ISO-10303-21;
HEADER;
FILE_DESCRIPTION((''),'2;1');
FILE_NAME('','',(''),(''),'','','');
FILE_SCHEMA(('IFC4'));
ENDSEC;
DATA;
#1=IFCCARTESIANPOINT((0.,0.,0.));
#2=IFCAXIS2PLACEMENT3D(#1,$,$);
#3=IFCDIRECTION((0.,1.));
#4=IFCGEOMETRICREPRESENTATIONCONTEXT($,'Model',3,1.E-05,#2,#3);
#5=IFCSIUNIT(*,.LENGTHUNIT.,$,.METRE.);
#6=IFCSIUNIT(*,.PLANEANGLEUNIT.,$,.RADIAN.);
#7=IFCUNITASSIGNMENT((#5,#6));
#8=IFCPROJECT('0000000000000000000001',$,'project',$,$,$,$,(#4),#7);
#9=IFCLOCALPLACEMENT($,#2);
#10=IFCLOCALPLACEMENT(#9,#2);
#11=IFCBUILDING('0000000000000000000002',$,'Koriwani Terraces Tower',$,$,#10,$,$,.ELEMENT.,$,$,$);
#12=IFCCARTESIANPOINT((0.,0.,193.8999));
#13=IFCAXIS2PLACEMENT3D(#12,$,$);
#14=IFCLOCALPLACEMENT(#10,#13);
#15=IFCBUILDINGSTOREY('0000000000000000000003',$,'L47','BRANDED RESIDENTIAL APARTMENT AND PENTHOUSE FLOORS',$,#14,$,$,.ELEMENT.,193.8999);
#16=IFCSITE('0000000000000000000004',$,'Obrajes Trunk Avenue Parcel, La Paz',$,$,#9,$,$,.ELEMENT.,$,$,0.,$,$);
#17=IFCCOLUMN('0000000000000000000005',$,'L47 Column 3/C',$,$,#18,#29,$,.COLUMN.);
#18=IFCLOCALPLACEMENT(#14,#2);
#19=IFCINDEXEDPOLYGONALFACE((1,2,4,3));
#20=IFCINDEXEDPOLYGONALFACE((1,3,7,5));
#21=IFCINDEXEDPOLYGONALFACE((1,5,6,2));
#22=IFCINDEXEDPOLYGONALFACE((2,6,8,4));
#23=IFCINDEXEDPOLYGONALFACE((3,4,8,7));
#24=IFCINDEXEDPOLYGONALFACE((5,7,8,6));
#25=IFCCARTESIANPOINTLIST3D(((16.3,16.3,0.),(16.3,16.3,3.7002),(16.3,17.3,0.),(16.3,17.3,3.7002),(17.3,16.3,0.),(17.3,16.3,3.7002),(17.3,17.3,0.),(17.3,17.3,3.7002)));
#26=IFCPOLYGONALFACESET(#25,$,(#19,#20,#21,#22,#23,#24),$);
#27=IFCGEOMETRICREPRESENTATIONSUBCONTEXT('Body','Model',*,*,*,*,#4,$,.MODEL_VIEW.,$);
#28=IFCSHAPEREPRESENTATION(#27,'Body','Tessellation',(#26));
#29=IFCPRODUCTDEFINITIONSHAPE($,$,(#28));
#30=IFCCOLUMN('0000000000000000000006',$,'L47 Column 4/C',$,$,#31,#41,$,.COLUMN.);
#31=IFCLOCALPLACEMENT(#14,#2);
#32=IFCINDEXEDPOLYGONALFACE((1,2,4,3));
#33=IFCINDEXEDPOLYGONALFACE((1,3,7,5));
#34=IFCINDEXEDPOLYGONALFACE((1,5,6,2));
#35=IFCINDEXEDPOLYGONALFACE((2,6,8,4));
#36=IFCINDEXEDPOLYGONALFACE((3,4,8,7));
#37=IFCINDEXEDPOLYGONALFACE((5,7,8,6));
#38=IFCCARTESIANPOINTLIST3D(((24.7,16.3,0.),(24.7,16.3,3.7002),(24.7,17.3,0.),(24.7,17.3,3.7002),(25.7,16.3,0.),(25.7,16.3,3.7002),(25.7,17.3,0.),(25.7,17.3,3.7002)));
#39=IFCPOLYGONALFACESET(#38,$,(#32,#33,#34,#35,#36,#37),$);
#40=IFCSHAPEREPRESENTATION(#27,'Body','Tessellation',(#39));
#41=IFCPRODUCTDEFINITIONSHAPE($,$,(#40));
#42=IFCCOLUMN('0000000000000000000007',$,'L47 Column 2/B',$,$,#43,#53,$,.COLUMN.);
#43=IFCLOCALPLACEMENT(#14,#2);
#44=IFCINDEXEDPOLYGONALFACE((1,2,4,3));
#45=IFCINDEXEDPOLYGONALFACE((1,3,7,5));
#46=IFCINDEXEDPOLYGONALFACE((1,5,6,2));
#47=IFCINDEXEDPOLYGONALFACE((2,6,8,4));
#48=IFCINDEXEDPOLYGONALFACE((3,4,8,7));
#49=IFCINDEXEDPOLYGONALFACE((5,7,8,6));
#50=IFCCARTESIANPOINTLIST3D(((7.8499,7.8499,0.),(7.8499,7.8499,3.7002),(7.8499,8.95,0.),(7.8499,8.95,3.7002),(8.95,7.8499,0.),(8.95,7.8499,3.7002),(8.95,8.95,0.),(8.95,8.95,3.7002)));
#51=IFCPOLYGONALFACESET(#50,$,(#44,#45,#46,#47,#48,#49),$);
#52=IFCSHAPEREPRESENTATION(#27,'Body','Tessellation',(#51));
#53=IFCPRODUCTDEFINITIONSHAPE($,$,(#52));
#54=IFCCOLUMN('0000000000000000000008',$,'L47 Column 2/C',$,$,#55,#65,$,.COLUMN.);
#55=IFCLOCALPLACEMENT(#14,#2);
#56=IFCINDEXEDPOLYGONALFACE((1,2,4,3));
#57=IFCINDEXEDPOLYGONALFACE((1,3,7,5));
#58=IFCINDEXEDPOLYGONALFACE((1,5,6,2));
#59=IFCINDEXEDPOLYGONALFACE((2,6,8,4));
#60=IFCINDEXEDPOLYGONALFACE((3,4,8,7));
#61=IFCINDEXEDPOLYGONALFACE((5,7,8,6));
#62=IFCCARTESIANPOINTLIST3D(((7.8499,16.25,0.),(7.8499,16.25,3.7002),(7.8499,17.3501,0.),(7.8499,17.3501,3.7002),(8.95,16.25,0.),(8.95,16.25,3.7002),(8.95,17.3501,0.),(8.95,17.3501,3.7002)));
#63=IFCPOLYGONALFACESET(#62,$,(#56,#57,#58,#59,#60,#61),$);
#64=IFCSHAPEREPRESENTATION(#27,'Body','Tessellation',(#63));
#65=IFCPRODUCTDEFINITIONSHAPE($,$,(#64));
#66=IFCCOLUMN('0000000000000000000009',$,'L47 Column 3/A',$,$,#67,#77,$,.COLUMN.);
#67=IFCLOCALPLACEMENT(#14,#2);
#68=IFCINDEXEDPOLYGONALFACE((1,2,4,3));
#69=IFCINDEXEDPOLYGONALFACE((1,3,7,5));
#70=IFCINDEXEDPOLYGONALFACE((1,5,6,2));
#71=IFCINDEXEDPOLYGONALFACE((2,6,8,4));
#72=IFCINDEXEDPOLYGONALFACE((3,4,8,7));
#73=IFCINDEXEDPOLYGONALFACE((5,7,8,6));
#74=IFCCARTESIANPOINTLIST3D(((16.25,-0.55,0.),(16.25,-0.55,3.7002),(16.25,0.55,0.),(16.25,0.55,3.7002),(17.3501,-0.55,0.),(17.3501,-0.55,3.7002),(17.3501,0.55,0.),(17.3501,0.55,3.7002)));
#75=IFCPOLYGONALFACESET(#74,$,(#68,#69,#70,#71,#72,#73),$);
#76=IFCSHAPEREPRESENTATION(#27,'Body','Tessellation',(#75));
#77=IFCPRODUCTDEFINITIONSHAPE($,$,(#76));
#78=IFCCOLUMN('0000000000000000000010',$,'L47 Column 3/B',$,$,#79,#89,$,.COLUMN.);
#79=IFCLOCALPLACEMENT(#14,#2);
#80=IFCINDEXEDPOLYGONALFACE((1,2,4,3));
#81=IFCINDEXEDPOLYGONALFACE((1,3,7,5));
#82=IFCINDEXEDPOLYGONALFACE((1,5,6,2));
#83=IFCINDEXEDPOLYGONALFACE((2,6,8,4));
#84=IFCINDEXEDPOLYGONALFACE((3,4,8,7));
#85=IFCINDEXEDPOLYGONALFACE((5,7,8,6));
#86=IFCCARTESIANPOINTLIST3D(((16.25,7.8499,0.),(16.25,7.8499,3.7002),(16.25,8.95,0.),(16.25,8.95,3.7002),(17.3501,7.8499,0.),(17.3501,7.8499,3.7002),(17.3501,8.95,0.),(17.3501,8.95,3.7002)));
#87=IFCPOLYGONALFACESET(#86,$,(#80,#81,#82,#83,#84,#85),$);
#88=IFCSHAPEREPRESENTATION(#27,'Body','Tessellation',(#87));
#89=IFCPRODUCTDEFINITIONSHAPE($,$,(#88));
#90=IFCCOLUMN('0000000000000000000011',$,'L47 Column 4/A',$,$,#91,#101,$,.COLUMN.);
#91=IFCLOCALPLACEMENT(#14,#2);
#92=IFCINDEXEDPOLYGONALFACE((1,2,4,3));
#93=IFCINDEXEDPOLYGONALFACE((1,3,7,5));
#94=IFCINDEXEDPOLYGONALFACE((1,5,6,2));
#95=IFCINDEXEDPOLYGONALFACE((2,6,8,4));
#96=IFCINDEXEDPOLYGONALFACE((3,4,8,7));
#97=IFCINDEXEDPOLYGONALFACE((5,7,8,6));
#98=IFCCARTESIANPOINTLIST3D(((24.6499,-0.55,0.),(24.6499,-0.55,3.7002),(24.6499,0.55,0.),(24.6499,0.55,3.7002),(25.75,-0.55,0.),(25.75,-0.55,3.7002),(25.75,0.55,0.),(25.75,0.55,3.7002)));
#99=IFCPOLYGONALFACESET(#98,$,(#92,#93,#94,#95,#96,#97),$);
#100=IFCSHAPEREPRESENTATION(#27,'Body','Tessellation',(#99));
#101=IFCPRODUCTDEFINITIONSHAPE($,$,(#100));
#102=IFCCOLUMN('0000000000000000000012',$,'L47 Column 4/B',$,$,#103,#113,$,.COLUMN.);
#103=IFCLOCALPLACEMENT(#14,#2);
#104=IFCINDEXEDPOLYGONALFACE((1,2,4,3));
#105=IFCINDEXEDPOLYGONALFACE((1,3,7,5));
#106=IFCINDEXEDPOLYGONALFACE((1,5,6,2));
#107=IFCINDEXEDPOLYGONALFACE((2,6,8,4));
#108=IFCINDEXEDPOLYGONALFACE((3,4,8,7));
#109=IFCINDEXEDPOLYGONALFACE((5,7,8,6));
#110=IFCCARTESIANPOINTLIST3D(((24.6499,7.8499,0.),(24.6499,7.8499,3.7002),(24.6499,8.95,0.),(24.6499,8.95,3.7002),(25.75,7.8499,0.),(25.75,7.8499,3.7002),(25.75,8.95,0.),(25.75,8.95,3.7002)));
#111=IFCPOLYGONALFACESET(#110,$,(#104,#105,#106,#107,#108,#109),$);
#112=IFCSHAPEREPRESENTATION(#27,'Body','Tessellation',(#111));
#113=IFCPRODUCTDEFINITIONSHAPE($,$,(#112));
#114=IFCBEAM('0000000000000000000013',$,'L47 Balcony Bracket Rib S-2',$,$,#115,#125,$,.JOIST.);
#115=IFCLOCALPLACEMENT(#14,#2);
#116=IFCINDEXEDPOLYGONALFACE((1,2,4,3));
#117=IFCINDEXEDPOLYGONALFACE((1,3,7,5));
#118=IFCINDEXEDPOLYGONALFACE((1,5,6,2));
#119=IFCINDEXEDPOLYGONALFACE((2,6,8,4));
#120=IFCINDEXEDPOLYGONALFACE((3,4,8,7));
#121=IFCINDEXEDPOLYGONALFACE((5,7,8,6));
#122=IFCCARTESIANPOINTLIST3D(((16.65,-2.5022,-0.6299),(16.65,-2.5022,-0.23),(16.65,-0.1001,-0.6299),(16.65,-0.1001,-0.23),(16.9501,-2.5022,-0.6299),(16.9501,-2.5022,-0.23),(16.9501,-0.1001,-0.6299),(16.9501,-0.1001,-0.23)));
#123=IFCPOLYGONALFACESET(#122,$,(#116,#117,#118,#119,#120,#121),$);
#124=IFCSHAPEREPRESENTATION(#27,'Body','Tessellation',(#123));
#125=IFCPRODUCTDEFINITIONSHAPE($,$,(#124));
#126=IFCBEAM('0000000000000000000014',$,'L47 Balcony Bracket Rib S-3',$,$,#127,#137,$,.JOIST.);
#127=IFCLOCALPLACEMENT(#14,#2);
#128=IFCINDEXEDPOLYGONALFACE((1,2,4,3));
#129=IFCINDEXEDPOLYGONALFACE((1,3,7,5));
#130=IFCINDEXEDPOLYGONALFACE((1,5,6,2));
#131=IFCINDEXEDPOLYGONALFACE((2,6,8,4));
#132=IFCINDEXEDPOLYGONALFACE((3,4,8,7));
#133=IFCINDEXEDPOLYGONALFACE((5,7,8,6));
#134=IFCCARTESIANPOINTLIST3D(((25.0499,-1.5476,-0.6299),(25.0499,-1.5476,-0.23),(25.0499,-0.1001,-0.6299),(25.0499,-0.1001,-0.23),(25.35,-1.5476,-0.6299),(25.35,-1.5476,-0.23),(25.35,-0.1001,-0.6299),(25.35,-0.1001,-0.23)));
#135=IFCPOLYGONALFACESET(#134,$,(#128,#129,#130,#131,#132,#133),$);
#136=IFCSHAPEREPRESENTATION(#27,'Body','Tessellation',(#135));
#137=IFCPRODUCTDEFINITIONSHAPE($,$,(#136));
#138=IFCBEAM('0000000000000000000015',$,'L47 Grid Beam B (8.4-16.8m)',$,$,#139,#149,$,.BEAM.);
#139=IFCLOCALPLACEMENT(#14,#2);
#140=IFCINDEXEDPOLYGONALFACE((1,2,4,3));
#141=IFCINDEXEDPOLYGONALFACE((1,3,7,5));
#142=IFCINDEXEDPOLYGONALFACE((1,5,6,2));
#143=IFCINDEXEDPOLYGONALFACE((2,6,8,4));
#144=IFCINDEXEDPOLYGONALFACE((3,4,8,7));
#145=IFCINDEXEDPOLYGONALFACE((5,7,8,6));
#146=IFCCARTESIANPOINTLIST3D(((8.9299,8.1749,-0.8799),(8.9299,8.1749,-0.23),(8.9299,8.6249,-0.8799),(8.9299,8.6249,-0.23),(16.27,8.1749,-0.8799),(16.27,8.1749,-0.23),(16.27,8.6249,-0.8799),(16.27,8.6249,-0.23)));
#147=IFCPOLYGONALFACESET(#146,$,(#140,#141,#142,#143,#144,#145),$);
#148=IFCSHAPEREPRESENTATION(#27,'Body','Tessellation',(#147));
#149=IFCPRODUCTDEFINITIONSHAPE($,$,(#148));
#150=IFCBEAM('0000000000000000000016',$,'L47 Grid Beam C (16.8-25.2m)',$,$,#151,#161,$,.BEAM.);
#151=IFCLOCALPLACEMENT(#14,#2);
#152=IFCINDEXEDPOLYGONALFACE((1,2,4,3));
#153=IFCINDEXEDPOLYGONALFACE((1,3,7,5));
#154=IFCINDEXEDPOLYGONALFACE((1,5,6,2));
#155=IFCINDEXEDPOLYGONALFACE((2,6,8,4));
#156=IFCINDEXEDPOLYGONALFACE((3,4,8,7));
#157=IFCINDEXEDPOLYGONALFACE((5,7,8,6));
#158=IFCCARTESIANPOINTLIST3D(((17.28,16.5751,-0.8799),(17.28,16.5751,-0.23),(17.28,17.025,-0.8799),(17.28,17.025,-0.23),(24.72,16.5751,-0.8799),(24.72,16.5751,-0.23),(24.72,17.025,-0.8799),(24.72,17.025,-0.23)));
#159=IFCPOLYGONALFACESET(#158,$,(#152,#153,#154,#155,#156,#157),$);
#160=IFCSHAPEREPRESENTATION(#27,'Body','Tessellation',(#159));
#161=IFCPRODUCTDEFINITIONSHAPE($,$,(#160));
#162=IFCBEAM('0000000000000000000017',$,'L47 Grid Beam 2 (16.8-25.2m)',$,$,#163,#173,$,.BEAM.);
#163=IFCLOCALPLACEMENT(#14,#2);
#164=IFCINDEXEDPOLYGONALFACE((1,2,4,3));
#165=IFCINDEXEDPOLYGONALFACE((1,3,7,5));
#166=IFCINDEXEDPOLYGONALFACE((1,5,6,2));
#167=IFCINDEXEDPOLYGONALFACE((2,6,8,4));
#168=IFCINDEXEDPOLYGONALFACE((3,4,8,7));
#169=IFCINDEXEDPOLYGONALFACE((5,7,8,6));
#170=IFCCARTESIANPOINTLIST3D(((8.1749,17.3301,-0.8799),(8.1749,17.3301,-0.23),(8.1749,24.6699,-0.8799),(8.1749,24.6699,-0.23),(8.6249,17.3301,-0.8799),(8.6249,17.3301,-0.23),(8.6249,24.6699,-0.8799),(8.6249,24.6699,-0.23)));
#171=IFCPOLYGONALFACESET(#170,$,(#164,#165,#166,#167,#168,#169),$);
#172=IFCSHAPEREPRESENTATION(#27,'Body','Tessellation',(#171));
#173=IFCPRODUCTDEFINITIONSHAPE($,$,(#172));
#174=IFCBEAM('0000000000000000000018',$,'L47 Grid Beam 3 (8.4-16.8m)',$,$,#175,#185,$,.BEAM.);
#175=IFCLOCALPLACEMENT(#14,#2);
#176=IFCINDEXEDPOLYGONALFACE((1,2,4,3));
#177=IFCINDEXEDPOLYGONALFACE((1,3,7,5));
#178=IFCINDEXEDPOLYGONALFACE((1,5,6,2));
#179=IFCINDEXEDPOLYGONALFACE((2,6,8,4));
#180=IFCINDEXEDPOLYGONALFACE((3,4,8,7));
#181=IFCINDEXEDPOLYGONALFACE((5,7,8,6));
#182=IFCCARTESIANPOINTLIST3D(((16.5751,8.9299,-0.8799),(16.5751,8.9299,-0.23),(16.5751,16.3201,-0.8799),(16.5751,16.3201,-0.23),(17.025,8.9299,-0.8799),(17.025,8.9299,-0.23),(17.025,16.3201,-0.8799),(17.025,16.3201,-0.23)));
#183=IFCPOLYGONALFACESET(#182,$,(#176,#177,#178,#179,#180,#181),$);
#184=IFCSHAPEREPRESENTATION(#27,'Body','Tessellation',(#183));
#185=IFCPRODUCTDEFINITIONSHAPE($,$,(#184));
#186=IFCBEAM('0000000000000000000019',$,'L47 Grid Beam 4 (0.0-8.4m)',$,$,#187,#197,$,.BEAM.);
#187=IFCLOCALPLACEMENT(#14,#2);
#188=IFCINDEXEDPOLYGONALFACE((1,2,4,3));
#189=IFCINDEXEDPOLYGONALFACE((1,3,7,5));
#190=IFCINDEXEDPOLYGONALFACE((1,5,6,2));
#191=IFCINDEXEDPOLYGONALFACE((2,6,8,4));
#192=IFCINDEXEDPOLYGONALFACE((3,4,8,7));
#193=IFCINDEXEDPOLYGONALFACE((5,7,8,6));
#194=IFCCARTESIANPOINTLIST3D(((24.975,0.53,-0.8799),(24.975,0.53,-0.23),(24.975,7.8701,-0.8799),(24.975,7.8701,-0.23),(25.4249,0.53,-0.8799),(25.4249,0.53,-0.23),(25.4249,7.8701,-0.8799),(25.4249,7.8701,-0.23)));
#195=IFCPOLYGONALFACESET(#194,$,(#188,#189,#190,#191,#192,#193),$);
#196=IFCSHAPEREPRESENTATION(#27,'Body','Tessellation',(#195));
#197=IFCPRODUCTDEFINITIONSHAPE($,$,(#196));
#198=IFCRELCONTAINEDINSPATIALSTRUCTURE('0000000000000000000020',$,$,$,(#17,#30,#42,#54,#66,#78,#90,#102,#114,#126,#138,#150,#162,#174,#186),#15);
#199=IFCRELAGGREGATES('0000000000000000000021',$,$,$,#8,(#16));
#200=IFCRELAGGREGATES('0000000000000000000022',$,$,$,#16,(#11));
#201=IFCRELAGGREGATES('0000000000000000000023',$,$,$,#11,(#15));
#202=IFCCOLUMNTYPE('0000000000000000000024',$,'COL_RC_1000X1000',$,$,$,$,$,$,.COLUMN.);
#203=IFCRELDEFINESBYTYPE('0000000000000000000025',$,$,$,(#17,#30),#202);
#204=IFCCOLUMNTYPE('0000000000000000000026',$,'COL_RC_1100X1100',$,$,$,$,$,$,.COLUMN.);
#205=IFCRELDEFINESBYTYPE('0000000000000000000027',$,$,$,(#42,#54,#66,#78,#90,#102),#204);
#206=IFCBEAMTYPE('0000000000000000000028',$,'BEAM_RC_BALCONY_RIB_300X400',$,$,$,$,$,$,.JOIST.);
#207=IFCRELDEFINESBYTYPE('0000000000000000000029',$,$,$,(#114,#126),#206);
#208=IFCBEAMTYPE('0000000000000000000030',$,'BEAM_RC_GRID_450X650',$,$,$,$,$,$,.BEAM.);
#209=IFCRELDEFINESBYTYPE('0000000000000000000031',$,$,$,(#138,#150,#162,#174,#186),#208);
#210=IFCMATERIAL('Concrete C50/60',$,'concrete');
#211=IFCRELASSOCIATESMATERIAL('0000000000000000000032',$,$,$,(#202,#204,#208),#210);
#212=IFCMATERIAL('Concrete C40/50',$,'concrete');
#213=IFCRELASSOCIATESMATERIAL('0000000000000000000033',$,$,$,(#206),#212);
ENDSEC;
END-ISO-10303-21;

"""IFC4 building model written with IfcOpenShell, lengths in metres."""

from ifc_helpers import new_model, si_unit, direction, frame, origin, origin_2d, place, context, subcontext, project, spatial, rectangle, extrude, material, material_profile, profile_set, type_object, element, save


model = new_model("IFC4")

# Units and contexts
model_context = context("Model", 3, precision=1e-05, world=origin(), true_north=direction((0.0, 1.0)))
body_context = subcontext(model_context, "Body", "Model", "MODEL_VIEW")
ifc_project = project(units=[si_unit("LENGTHUNIT", "METRE"), si_unit("PLANEANGLEUNIT", "RADIAN")], contexts=[model_context])

# Site, building, storey
site_placement = place(None, origin())
site = spatial("IfcSite", under=ifc_project, at=site_placement, Name="Obrajes Trunk Avenue Parcel, La Paz", CompositionType="ELEMENT", RefElevation=0.0)
building_placement = place(site_placement, origin())
building = spatial("IfcBuilding", under=site, at=building_placement, Name="Koriwani Terraces Tower", CompositionType="ELEMENT")
storey_placement = place(building_placement, frame((0.0, 0.0, 193.8999)))
storey = spatial("IfcBuildingStorey", under=building, at=storey_placement, Name="L47", Description="BRANDED RESIDENTIAL APARTMENT AND PENTHOUSE FLOORS", CompositionType="ELEMENT", Elevation=193.8999)

# Columns
ifc_material_1 = material(Name="Concrete C50/60", Category="concrete")
ifc_material_profile_1 = material_profile(ifc_material_1, rectangle(XDim=1.0, YDim=1.0, at=origin_2d()), Name="Concrete C50/60", Category="LoadBearing")
ifc_profile_set_1 = profile_set([ifc_material_profile_1], Name="Concrete C50/60")
column_type_1 = type_object("IfcColumnType", Name="COL_RC_1000X1000", PredefinedType="COLUMN", material=ifc_profile_set_1)
for number, where, z_axis, x_axis, name in (
    (1, (16.8, 16.8, 0.0), (0.0, 0.0, 1.0), (1.0, 0.0, 0.0), "L47 Column 3/C"),
    (2, (25.2, 16.8, 0.0), (0.0, 0.0, 1.0), (1.0, 0.0, 0.0), "L47 Column 4/C"),
):
    element("IfcColumn", number, at=place(storey_placement, frame(where, z_axis=z_axis, x_axis=x_axis)), inside=storey, type_object=column_type_1, Name=name, PredefinedType="COLUMN", context=body_context, shape_type="SweptSolid", body=[
        extrude(rectangle(XDim=1.0, YDim=1.0, at=origin_2d()), origin(), (0.0, 0.0, 1.0), 3.7002),
    ])
ifc_material_profile_2 = material_profile(ifc_material_1, rectangle(XDim=1.1001, YDim=1.1001, at=origin_2d()), Name="Concrete C50/60", Category="LoadBearing")
ifc_profile_set_2 = profile_set([ifc_material_profile_2], Name="Concrete C50/60")
column_type_2 = type_object("IfcColumnType", Name="COL_RC_1100X1100", PredefinedType="COLUMN", material=ifc_profile_set_2)
for number, where, z_axis, x_axis, name in (
    (3, (8.3999, 8.3999, 0.0), (0.0, 0.0, 1.0), (1.0, 0.0, 0.0), "L47 Column 2/B"),
    (4, (8.3999, 16.8, 0.0), (0.0, 0.0, 1.0), (1.0, 0.0, 0.0), "L47 Column 2/C"),
    (5, (16.8, 0.0, 0.0), (0.0, 0.0, 1.0), (1.0, 0.0, 0.0), "L47 Column 3/A"),
    (6, (16.8, 8.3999, 0.0), (0.0, 0.0, 1.0), (1.0, 0.0, 0.0), "L47 Column 3/B"),
    (7, (25.2, 0.0, 0.0), (0.0, 0.0, 1.0), (1.0, 0.0, 0.0), "L47 Column 4/A"),
    (8, (25.2, 8.3999, 0.0), (0.0, 0.0, 1.0), (1.0, 0.0, 0.0), "L47 Column 4/B"),
):
    element("IfcColumn", number, at=place(storey_placement, frame(where, z_axis=z_axis, x_axis=x_axis)), inside=storey, type_object=column_type_2, Name=name, PredefinedType="COLUMN", context=body_context, shape_type="SweptSolid", body=[
        extrude(rectangle(XDim=1.1001, YDim=1.1001, at=origin_2d()), origin(), (0.0, 0.0, 1.0), 3.7002),
    ])

# Beams
ifc_material_2 = material(Name="Concrete C40/50", Category="concrete")
ifc_material_profile_3 = material_profile(ifc_material_2, rectangle(XDim=0.3, YDim=0.3999, at=origin_2d()), Name="Concrete C40/50", Category="LoadBearing")
ifc_profile_set_3 = profile_set([ifc_material_profile_3], Name="Concrete C40/50")
beam_type_1 = type_object("IfcBeamType", Name="BEAM_RC_BALCONY_RIB_300X400", PredefinedType="JOIST", material=ifc_profile_set_3)
beam_1_placement = place(storey_placement, frame((16.8, -2.5022, -0.4299), z_axis=(0.0, 1.0, 0.0), x_axis=(-1.0, 0.0, 0.0)))
element("IfcBeam", 9, at=beam_1_placement, inside=storey, type_object=beam_type_1, Name="L47 Balcony Bracket Rib S-2", PredefinedType="JOIST", context=body_context, shape_type="SweptSolid", body=[
    extrude(rectangle(XDim=0.3, YDim=0.3999, at=origin_2d()), origin(), (0.0, 0.0, 1.0), 2.4021),
])
beam_2_placement = place(storey_placement, frame((25.2, -1.5476, -0.4299), z_axis=(0.0, 1.0, 0.0), x_axis=(-1.0, 0.0, 0.0)))
element("IfcBeam", 10, at=beam_2_placement, inside=storey, type_object=beam_type_1, Name="L47 Balcony Bracket Rib S-3", PredefinedType="JOIST", context=body_context, shape_type="SweptSolid", body=[
    extrude(rectangle(XDim=0.3, YDim=0.3999, at=origin_2d()), origin(), (0.0, 0.0, 1.0), 1.4475),
])
ifc_material_profile_4 = material_profile(ifc_material_1, rectangle(XDim=0.45, YDim=0.6499, at=origin_2d()), Name="Concrete C50/60", Category="LoadBearing")
ifc_profile_set_4 = profile_set([ifc_material_profile_4], Name="Concrete C50/60")
beam_type_2 = type_object("IfcBeamType", Name="BEAM_RC_GRID_450X650", PredefinedType="BEAM", material=ifc_profile_set_4)
beam_3_placement = place(storey_placement, frame((8.9299, 8.3999, -0.5549), z_axis=(1.0, 0.0, 0.0), x_axis=(0.0, 1.0, 0.0)))
element("IfcBeam", 11, at=beam_3_placement, inside=storey, type_object=beam_type_2, Name="L47 Grid Beam B (8.4-16.8m)", PredefinedType="BEAM", context=body_context, shape_type="SweptSolid", body=[
    extrude(rectangle(XDim=0.45, YDim=0.6499, at=origin_2d()), origin(), (0.0, 0.0, 1.0), 7.3401),
])
beam_4_placement = place(storey_placement, frame((17.28, 16.8, -0.5549), z_axis=(1.0, 0.0, 0.0), x_axis=(0.0, 1.0, 0.0)))
element("IfcBeam", 12, at=beam_4_placement, inside=storey, type_object=beam_type_2, Name="L47 Grid Beam C (16.8-25.2m)", PredefinedType="BEAM", context=body_context, shape_type="SweptSolid", body=[
    extrude(rectangle(XDim=0.45, YDim=0.6499, at=origin_2d()), origin(), (0.0, 0.0, 1.0), 7.4399),
])
beam_5_placement = place(storey_placement, frame((8.3999, 17.3301, -0.5549), z_axis=(0.0, 1.0, 0.0), x_axis=(-1.0, 0.0, 0.0)))
element("IfcBeam", 13, at=beam_5_placement, inside=storey, type_object=beam_type_2, Name="L47 Grid Beam 2 (16.8-25.2m)", PredefinedType="BEAM", context=body_context, shape_type="SweptSolid", body=[
    extrude(rectangle(XDim=0.45, YDim=0.6499, at=origin_2d()), origin(), (0.0, 0.0, 1.0), 7.3398),
])
beam_6_placement = place(storey_placement, frame((16.8, 8.9299, -0.5549), z_axis=(0.0, 1.0, 0.0), x_axis=(-1.0, 0.0, 0.0)))
element("IfcBeam", 14, at=beam_6_placement, inside=storey, type_object=beam_type_2, Name="L47 Grid Beam 3 (8.4-16.8m)", PredefinedType="BEAM", context=body_context, shape_type="SweptSolid", body=[
    extrude(rectangle(XDim=0.45, YDim=0.6499, at=origin_2d()), origin(), (0.0, 0.0, 1.0), 7.3901),
])
beam_7_placement = place(storey_placement, frame((25.2, 0.53, -0.5549), z_axis=(0.0, 1.0, 0.0), x_axis=(-1.0, 0.0, 0.0)))
element("IfcBeam", 15, at=beam_7_placement, inside=storey, type_object=beam_type_2, Name="L47 Grid Beam 4 (0.0-8.4m)", PredefinedType="BEAM", context=body_context, shape_type="SweptSolid", body=[
    extrude(rectangle(XDim=0.45, YDim=0.6499, at=origin_2d()), origin(), (0.0, 0.0, 1.0), 7.3401),
])

save(model, "model.ifc")
